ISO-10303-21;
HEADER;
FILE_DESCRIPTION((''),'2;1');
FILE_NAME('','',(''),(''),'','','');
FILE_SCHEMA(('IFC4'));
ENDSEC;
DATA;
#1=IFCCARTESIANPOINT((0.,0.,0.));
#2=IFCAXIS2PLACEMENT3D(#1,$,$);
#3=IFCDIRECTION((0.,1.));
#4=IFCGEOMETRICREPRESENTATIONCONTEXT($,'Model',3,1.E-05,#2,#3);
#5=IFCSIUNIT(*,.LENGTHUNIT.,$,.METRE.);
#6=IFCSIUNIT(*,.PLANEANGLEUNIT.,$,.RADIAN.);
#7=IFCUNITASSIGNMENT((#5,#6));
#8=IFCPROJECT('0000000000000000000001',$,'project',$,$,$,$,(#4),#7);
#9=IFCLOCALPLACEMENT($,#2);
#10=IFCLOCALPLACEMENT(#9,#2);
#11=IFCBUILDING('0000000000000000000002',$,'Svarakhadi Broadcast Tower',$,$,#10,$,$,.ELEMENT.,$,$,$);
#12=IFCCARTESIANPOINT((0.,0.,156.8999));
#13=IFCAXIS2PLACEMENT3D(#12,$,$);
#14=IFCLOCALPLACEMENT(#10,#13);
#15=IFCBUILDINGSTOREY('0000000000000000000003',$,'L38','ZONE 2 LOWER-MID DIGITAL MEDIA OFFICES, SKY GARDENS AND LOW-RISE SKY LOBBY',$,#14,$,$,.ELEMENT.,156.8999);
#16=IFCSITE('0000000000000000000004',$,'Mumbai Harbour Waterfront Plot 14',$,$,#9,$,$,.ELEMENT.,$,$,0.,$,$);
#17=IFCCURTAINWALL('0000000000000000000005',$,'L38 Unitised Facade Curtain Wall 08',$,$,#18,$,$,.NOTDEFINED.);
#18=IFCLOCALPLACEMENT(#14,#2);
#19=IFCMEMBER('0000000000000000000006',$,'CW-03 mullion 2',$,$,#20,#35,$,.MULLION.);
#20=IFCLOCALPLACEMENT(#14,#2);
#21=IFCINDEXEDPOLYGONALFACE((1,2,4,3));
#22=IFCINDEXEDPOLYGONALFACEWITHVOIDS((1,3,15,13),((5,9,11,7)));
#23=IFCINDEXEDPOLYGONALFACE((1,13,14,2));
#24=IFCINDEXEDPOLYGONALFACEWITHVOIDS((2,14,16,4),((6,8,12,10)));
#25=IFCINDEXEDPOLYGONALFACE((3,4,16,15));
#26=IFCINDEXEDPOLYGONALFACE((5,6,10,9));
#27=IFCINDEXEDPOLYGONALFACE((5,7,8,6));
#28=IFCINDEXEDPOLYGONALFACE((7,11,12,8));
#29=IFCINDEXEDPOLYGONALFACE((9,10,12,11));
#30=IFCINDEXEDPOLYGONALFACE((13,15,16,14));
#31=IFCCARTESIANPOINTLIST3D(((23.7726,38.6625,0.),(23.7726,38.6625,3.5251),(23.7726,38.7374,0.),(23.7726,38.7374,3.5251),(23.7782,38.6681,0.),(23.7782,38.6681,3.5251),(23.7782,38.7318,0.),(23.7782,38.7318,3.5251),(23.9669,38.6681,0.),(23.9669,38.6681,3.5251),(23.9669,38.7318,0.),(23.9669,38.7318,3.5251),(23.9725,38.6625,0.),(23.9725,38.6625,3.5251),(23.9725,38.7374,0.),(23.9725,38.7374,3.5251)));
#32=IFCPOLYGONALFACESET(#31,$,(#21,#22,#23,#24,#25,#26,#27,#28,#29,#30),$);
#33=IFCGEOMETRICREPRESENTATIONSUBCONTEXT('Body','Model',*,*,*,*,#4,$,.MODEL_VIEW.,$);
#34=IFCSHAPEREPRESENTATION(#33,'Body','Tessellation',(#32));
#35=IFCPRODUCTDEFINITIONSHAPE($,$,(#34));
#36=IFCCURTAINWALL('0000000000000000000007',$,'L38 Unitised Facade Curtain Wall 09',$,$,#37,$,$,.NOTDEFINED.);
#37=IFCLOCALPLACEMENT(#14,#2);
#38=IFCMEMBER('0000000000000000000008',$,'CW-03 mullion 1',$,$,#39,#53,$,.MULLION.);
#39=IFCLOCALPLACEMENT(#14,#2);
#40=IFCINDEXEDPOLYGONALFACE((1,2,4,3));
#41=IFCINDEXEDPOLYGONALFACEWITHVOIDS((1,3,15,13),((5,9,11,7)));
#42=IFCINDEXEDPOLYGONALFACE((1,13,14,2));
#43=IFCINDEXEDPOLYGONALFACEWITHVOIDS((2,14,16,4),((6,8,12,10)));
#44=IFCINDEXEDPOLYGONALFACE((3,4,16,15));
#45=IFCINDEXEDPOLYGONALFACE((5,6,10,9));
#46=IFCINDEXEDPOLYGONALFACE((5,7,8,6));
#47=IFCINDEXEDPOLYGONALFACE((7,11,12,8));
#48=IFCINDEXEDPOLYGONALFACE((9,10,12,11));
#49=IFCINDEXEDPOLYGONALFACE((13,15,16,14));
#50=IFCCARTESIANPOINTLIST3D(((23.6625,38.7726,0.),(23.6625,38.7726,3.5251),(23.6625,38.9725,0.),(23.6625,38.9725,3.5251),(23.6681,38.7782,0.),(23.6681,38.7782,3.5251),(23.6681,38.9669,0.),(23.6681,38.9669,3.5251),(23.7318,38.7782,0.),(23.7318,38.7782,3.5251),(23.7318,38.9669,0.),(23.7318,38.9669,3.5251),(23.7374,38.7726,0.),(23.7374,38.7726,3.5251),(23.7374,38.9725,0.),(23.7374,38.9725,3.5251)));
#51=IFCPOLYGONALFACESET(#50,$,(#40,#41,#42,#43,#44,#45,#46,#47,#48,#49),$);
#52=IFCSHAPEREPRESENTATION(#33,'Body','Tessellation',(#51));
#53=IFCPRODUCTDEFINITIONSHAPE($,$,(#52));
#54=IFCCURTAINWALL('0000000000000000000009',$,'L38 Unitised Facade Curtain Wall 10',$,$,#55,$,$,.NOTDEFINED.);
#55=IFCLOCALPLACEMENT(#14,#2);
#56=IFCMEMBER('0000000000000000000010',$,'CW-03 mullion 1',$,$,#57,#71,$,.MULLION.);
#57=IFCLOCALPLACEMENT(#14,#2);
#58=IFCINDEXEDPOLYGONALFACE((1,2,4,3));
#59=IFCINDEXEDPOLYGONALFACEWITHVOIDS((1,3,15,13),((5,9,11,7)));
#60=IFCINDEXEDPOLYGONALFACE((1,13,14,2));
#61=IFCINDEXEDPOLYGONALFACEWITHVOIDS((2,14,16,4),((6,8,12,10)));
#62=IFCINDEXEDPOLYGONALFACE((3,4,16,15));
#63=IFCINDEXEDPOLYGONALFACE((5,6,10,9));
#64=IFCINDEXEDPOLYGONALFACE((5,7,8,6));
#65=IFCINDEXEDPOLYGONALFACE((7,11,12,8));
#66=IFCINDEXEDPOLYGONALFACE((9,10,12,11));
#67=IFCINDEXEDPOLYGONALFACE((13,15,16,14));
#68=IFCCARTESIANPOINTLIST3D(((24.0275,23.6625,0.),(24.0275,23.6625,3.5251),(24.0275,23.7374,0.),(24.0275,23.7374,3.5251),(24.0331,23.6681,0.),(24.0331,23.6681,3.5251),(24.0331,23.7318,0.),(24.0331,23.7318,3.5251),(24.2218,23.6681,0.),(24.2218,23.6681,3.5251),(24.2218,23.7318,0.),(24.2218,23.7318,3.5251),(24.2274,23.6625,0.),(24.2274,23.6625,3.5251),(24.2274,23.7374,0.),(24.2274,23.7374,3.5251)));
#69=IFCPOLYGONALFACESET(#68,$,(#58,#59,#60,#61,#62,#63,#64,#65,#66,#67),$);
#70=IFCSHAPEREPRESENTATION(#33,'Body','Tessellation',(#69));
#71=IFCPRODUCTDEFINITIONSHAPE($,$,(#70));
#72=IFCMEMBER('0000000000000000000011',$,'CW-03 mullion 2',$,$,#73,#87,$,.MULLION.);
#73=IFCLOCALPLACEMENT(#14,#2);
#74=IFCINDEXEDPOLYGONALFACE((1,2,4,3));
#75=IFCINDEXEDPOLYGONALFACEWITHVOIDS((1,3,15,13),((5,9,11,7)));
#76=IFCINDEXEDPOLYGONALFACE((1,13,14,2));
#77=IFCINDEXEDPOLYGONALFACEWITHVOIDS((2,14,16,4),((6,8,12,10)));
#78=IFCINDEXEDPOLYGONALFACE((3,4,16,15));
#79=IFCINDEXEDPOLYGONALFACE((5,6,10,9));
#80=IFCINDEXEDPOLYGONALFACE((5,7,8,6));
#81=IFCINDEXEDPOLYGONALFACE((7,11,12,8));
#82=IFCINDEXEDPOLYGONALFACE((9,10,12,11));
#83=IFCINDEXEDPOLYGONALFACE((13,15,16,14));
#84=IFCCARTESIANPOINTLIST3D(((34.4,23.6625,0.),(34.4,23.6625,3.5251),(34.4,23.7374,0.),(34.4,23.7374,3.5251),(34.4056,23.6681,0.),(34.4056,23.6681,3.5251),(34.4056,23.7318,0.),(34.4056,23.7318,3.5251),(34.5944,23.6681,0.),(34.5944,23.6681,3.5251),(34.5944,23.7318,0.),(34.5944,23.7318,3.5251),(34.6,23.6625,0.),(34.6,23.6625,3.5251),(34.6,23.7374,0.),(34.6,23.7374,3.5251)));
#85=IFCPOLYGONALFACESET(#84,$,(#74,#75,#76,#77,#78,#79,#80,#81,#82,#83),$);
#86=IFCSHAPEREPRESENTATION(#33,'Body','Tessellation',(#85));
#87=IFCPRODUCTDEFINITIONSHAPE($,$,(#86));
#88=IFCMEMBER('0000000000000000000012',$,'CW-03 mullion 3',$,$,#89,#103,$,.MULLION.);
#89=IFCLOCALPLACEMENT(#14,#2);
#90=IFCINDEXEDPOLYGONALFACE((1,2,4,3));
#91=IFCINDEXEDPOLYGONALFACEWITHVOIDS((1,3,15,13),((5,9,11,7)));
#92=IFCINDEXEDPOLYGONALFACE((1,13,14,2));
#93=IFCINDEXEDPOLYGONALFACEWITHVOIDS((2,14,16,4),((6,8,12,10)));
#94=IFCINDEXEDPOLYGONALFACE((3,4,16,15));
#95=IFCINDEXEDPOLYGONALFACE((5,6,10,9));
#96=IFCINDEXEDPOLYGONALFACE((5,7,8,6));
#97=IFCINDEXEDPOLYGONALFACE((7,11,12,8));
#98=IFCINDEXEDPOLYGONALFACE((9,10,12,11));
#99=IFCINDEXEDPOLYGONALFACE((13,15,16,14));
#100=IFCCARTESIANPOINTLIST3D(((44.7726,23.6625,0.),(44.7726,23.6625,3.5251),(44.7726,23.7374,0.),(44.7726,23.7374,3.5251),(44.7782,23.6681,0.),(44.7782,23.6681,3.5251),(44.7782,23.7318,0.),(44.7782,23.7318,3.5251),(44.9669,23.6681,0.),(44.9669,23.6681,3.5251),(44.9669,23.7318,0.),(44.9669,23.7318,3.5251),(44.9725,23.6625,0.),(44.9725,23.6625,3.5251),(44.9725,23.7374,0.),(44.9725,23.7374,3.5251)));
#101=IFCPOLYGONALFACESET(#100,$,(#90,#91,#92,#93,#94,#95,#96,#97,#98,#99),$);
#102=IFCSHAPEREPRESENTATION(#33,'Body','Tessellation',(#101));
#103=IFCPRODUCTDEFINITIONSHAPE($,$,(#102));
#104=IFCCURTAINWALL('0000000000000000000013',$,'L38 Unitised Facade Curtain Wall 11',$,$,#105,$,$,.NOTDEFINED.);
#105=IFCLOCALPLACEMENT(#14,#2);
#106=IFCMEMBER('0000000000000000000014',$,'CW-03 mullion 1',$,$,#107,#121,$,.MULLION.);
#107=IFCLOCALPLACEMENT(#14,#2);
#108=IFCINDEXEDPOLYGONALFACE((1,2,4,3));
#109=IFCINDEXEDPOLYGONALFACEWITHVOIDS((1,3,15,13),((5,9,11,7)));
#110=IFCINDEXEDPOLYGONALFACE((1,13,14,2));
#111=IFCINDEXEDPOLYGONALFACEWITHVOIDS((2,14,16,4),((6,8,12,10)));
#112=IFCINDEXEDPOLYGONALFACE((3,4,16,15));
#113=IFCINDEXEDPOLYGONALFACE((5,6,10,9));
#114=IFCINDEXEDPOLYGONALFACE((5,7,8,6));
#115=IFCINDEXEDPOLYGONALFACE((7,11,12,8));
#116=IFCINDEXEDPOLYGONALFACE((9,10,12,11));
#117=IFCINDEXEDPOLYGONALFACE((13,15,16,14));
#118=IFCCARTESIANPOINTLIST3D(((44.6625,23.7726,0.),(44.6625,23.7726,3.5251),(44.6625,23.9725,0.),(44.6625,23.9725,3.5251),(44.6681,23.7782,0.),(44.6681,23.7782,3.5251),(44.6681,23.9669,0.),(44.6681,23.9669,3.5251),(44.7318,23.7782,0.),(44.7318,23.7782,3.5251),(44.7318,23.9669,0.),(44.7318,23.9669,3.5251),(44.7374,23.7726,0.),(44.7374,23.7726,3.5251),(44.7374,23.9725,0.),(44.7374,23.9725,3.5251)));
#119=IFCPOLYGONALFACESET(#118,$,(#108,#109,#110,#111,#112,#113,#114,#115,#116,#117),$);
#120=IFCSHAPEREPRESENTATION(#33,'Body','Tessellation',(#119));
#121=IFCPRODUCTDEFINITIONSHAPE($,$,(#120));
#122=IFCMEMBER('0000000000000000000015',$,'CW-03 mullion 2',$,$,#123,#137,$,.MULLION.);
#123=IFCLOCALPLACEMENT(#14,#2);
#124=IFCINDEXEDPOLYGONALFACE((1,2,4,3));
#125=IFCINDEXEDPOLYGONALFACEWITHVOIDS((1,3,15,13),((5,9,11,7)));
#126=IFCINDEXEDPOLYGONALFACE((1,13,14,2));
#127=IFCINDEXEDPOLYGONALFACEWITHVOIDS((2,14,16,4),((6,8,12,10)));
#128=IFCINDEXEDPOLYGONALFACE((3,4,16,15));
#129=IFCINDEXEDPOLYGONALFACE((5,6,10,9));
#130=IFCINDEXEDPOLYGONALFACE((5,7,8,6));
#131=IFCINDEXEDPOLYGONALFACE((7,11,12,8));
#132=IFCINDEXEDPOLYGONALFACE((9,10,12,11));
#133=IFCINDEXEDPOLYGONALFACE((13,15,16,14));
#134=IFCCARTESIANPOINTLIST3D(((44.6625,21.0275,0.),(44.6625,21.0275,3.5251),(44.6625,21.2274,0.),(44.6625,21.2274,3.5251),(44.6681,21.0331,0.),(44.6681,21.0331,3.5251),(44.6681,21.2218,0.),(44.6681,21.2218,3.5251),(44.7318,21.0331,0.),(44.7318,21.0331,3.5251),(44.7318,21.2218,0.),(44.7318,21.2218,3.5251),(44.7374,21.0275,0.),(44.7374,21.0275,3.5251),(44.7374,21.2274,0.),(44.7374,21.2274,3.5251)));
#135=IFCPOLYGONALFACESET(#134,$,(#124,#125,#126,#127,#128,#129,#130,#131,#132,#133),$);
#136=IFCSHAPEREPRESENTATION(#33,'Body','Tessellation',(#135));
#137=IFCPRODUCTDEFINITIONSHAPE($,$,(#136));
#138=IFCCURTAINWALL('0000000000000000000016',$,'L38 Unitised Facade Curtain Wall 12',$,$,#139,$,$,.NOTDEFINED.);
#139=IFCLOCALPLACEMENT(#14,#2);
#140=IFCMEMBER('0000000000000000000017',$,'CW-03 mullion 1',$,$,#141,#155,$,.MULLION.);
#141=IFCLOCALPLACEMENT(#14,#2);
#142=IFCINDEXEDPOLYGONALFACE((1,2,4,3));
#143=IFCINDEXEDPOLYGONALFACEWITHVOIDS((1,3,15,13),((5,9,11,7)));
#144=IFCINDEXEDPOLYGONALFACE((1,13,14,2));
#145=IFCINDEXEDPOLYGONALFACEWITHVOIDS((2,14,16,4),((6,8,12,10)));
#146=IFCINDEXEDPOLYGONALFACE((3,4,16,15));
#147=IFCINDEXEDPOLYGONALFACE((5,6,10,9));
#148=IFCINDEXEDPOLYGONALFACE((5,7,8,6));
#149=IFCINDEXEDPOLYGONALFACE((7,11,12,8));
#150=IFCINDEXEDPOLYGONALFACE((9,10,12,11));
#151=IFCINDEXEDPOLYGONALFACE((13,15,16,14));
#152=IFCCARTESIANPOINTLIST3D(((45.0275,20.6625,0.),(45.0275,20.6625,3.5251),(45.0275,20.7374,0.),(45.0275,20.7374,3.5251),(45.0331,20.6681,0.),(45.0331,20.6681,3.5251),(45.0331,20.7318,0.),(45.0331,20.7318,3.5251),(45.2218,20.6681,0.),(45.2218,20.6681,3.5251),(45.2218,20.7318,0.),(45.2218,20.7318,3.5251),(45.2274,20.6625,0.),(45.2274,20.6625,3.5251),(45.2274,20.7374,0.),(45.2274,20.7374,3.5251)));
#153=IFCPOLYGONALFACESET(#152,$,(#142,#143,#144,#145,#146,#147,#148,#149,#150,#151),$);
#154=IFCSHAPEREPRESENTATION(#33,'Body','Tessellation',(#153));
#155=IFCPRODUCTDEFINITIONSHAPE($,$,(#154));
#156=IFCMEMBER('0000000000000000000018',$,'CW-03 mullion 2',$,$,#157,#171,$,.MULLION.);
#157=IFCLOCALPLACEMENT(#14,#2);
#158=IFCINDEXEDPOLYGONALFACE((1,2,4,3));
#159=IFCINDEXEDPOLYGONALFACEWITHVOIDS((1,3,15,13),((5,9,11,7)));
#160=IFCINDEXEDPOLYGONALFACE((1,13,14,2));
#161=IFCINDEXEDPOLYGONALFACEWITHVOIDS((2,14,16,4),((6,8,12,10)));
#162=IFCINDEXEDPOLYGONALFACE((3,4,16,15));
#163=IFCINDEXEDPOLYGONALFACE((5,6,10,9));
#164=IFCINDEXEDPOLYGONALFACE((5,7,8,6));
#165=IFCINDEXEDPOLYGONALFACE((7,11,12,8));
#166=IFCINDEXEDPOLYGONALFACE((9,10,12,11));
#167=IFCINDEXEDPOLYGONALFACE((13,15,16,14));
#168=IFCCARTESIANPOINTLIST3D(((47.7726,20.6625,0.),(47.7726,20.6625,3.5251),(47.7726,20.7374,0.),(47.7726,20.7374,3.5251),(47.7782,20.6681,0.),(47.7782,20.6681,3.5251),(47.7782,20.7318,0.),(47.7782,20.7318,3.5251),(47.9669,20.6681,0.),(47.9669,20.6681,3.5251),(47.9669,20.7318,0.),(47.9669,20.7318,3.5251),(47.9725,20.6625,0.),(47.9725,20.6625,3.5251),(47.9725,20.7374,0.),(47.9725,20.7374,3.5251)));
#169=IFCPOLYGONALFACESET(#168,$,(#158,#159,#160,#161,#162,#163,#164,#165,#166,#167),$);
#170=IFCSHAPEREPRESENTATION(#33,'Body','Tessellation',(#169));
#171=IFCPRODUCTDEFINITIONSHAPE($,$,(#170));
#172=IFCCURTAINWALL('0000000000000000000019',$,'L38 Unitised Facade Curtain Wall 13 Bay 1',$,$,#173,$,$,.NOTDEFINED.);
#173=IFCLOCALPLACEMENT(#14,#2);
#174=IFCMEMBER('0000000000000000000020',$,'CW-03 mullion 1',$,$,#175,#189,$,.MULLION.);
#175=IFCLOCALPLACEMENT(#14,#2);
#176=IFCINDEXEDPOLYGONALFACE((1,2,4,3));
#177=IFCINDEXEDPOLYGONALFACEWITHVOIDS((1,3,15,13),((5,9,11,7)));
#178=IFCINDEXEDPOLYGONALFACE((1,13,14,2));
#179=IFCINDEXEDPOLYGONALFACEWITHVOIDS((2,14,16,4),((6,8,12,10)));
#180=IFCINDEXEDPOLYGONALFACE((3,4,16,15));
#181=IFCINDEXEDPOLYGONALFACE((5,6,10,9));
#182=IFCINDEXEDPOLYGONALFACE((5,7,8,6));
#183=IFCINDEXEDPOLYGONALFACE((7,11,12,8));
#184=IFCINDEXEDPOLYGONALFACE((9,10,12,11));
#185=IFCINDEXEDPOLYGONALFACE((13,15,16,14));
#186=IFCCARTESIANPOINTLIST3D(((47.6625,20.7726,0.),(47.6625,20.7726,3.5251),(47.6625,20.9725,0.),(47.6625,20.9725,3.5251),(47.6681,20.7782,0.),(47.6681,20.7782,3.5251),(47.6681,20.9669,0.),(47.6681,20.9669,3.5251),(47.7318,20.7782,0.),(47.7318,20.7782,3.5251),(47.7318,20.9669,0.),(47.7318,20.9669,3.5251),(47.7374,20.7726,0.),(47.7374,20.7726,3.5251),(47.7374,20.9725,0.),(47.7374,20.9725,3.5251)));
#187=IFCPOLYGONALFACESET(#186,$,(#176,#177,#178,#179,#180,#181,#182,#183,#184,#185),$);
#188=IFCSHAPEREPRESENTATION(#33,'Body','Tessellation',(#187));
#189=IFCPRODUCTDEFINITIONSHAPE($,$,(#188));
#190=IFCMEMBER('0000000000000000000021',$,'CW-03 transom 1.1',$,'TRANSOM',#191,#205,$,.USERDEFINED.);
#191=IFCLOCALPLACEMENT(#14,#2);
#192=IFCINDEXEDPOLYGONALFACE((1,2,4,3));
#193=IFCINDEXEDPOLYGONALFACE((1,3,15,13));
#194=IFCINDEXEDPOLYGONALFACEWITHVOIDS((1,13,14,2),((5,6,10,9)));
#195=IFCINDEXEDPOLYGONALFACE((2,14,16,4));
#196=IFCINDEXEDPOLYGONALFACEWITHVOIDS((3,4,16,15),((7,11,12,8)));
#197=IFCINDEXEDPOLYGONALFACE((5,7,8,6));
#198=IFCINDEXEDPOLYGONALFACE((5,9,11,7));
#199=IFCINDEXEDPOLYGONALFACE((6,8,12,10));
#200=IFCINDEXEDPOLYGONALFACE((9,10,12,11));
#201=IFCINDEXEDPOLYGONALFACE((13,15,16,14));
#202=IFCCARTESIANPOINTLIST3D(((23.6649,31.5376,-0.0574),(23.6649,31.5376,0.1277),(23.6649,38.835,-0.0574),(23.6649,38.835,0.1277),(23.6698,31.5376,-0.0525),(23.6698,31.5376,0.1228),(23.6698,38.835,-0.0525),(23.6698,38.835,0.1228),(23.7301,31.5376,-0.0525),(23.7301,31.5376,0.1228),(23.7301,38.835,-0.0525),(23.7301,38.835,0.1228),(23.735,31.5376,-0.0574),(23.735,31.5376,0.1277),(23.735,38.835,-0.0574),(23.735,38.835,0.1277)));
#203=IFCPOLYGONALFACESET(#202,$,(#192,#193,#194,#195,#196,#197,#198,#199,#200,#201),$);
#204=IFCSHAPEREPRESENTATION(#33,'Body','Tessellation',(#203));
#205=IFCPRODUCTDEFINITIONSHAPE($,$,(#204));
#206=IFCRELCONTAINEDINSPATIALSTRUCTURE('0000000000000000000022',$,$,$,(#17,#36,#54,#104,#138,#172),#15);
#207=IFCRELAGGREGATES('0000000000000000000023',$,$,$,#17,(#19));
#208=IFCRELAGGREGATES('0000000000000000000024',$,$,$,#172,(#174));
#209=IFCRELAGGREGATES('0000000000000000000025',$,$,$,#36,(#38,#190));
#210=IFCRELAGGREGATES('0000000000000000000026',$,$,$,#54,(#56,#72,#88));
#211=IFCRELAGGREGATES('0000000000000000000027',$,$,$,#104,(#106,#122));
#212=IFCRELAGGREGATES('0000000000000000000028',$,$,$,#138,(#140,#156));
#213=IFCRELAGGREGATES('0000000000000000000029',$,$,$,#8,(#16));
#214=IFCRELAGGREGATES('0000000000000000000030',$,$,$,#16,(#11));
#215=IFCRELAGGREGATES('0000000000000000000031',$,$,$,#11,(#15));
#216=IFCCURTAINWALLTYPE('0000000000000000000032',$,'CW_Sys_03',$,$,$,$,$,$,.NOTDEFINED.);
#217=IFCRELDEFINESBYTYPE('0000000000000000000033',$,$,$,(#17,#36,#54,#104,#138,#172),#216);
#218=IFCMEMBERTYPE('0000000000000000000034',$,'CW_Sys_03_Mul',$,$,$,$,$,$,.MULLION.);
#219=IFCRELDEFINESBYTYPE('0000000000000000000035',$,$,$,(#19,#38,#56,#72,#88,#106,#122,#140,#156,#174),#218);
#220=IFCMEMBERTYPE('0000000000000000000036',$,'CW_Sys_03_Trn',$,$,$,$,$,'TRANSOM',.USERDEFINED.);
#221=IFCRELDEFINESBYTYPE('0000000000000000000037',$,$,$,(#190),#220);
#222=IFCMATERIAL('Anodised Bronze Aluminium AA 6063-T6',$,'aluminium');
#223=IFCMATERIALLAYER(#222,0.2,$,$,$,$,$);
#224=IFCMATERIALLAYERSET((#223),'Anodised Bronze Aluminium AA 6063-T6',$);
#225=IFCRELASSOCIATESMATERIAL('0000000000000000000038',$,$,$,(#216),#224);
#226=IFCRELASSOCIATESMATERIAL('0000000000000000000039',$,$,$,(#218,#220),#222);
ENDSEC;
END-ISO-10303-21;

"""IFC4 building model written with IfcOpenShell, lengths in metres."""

from ifc_helpers import new_model, si_unit, direction, frame, origin, origin_2d, place, context, subcontext, project, spatial, hollow_rectangle, extrude, material, layer, layer_set, material_profile, profile_set, type_object, element, aggregate, save


model = new_model("IFC4")

# Units and contexts
model_context = context("Model", 3, precision=1e-05, world=origin(), true_north=direction((0.0, 1.0)))
body_context = subcontext(model_context, "Body", "Model", "MODEL_VIEW")
ifc_project = project(units=[si_unit("LENGTHUNIT", "METRE"), si_unit("PLANEANGLEUNIT", "RADIAN")], contexts=[model_context])

# Site, building, storey
site_placement = place(None, origin())
site = spatial("IfcSite", under=ifc_project, at=site_placement, Name="Mumbai Harbour Waterfront Plot 14", CompositionType="ELEMENT", RefElevation=0.0)
building_placement = place(site_placement, origin())
building = spatial("IfcBuilding", under=site, at=building_placement, Name="Svarakhadi Broadcast Tower", CompositionType="ELEMENT")
storey_placement = place(building_placement, frame((0.0, 0.0, 156.8999)))
storey = spatial("IfcBuildingStorey", under=building, at=storey_placement, Name="L38", Description="ZONE 2 LOWER-MID DIGITAL MEDIA OFFICES, SKY GARDENS AND LOW-RISE SKY LOBBY", CompositionType="ELEMENT", Elevation=156.8999)

# Curtain walls, members
ifc_material_1 = material(Name="Anodised Bronze Aluminium AA 6063-T6", Category="aluminium")
ifc_layer_1 = layer(ifc_material_1, 0.2)
ifc_layer_set_1 = layer_set([ifc_layer_1], Name="Anodised Bronze Aluminium AA 6063-T6")
curtain_wall_type = type_object("IfcCurtainWallType", Name="CW_Sys_03", PredefinedType="NOTDEFINED", material=ifc_layer_set_1)
curtain_wall_1_placement = place(storey_placement, origin())
curtain_wall_1 = element("IfcCurtainWall", 1, at=curtain_wall_1_placement, inside=storey, type_object=curtain_wall_type, Name="L38 Unitised Facade Curtain Wall 08", PredefinedType="NOTDEFINED")
ifc_material_profile_1 = material_profile(ifc_material_1, hollow_rectangle(XDim=0.075, YDim=0.2, WallThickness=0.0056, at=origin_2d()), Name="ALU MULLION 200x75x6")
ifc_profile_set_1 = profile_set([ifc_material_profile_1], Name="Anodised Bronze Aluminium AA 6063-T6")
member_type_1 = type_object("IfcMemberType", Name="CW_Sys_03_Mul", PredefinedType="MULLION", material=ifc_profile_set_1)
member_1_placement = place(storey_placement, frame((23.8726, 38.7, 0.0), z_axis=(0.0, 0.0, 1.0), x_axis=(0.0, 1.0, 0.0)))
member_1 = element("IfcMember", 2, at=member_1_placement, type_object=member_type_1, Name="CW-03 mullion 2", PredefinedType="MULLION", context=body_context, shape_type="SweptSolid", body=[
    extrude(hollow_rectangle(XDim=0.075, YDim=0.2, WallThickness=0.0056, at=origin_2d()), origin(), (0.0, 0.0, 1.0), 3.5251),
])
aggregate(curtain_wall_1, [member_1])
curtain_wall_2_placement = place(storey_placement, origin())
curtain_wall_2 = element("IfcCurtainWall", 3, at=curtain_wall_2_placement, inside=storey, type_object=curtain_wall_type, Name="L38 Unitised Facade Curtain Wall 09", PredefinedType="NOTDEFINED")
member_2_placement = place(storey_placement, frame((23.7, 38.8726, 0.0), z_axis=(0.0, 0.0, 1.0), x_axis=(1.0, 0.0, 0.0)))
member_2 = element("IfcMember", 4, at=member_2_placement, type_object=member_type_1, Name="CW-03 mullion 1", PredefinedType="MULLION", context=body_context, shape_type="SweptSolid", body=[
    extrude(hollow_rectangle(XDim=0.075, YDim=0.2, WallThickness=0.0056, at=origin_2d()), origin(), (0.0, 0.0, 1.0), 3.5251),
])

# Curtain walls, members
curtain_wall_3_placement = place(storey_placement, origin())
curtain_wall_3 = element("IfcCurtainWall", 5, at=curtain_wall_3_placement, inside=storey, type_object=curtain_wall_type, Name="L38 Unitised Facade Curtain Wall 10", PredefinedType="NOTDEFINED")
member_3_placement = place(storey_placement, frame((24.1274, 23.7, 0.0), z_axis=(0.0, 0.0, 1.0), x_axis=(0.0, 1.0, 0.0)))
member_3 = element("IfcMember", 6, at=member_3_placement, type_object=member_type_1, Name="CW-03 mullion 1", PredefinedType="MULLION", context=body_context, shape_type="SweptSolid", body=[
    extrude(hollow_rectangle(XDim=0.075, YDim=0.2, WallThickness=0.0056, at=origin_2d()), origin(), (0.0, 0.0, 1.0), 3.5251),
])
member_4_placement = place(storey_placement, frame((34.5, 23.7, 0.0), z_axis=(0.0, 0.0, 1.0), x_axis=(0.0, 1.0, 0.0)))
member_4 = element("IfcMember", 7, at=member_4_placement, type_object=member_type_1, Name="CW-03 mullion 2", PredefinedType="MULLION", context=body_context, shape_type="SweptSolid", body=[
    extrude(hollow_rectangle(XDim=0.075, YDim=0.2, WallThickness=0.0056, at=origin_2d()), origin(), (0.0, 0.0, 1.0), 3.5251),
])
member_5_placement = place(storey_placement, frame((44.8726, 23.7, 0.0), z_axis=(0.0, 0.0, 1.0), x_axis=(0.0, 1.0, 0.0)))
member_5 = element("IfcMember", 8, at=member_5_placement, type_object=member_type_1, Name="CW-03 mullion 3", PredefinedType="MULLION", context=body_context, shape_type="SweptSolid", body=[
    extrude(hollow_rectangle(XDim=0.075, YDim=0.2, WallThickness=0.0056, at=origin_2d()), origin(), (0.0, 0.0, 1.0), 3.5251),
])
curtain_wall_4_placement = place(storey_placement, origin())
curtain_wall_4 = element("IfcCurtainWall", 9, at=curtain_wall_4_placement, inside=storey, type_object=curtain_wall_type, Name="L38 Unitised Facade Curtain Wall 11", PredefinedType="NOTDEFINED")
member_6_placement = place(storey_placement, frame((44.7, 23.8726, 0.0), z_axis=(0.0, 0.0, 1.0), x_axis=(1.0, 0.0, 0.0)))
member_6 = element("IfcMember", 10, at=member_6_placement, type_object=member_type_1, Name="CW-03 mullion 1", PredefinedType="MULLION", context=body_context, shape_type="SweptSolid", body=[
    extrude(hollow_rectangle(XDim=0.075, YDim=0.2, WallThickness=0.0056, at=origin_2d()), origin(), (0.0, 0.0, 1.0), 3.5251),
])
member_7_placement = place(storey_placement, frame((44.7, 21.1274, 0.0), z_axis=(0.0, 0.0, 1.0), x_axis=(1.0, 0.0, 0.0)))
member_7 = element("IfcMember", 11, at=member_7_placement, type_object=member_type_1, Name="CW-03 mullion 2", PredefinedType="MULLION", context=body_context, shape_type="SweptSolid", body=[
    extrude(hollow_rectangle(XDim=0.075, YDim=0.2, WallThickness=0.0056, at=origin_2d()), origin(), (0.0, 0.0, 1.0), 3.5251),
])
curtain_wall_5_placement = place(storey_placement, origin())
curtain_wall_5 = element("IfcCurtainWall", 12, at=curtain_wall_5_placement, inside=storey, type_object=curtain_wall_type, Name="L38 Unitised Facade Curtain Wall 12", PredefinedType="NOTDEFINED")
member_8_placement = place(storey_placement, frame((45.1274, 20.7, 0.0), z_axis=(0.0, 0.0, 1.0), x_axis=(0.0, 1.0, 0.0)))
member_8 = element("IfcMember", 13, at=member_8_placement, type_object=member_type_1, Name="CW-03 mullion 1", PredefinedType="MULLION", context=body_context, shape_type="SweptSolid", body=[
    extrude(hollow_rectangle(XDim=0.075, YDim=0.2, WallThickness=0.0056, at=origin_2d()), origin(), (0.0, 0.0, 1.0), 3.5251),
])
member_9_placement = place(storey_placement, frame((47.8726, 20.7, 0.0), z_axis=(0.0, 0.0, 1.0), x_axis=(0.0, 1.0, 0.0)))
member_9 = element("IfcMember", 14, at=member_9_placement, type_object=member_type_1, Name="CW-03 mullion 2", PredefinedType="MULLION", context=body_context, shape_type="SweptSolid", body=[
    extrude(hollow_rectangle(XDim=0.075, YDim=0.2, WallThickness=0.0056, at=origin_2d()), origin(), (0.0, 0.0, 1.0), 3.5251),
])

# Curtain wall, member
curtain_wall_6_placement = place(storey_placement, origin())
curtain_wall_6 = element("IfcCurtainWall", 15, at=curtain_wall_6_placement, inside=storey, type_object=curtain_wall_type, Name="L38 Unitised Facade Curtain Wall 13 Bay 1", PredefinedType="NOTDEFINED")
member_10_placement = place(storey_placement, frame((47.7, 20.8726, 0.0), z_axis=(0.0, 0.0, 1.0), x_axis=(1.0, 0.0, 0.0)))
member_10 = element("IfcMember", 16, at=member_10_placement, type_object=member_type_1, Name="CW-03 mullion 1", PredefinedType="MULLION", context=body_context, shape_type="SweptSolid", body=[
    extrude(hollow_rectangle(XDim=0.075, YDim=0.2, WallThickness=0.0056, at=origin_2d()), origin(), (0.0, 0.0, 1.0), 3.5251),
])

# Member
ifc_material_profile_2 = material_profile(ifc_material_1, hollow_rectangle(XDim=0.0701, YDim=0.1851, WallThickness=0.0049, at=origin_2d()), Name="ALU TRANSOM 185x70x5")
ifc_profile_set_2 = profile_set([ifc_material_profile_2], Name="Anodised Bronze Aluminium AA 6063-T6")
member_type_2 = type_object("IfcMemberType", Name="CW_Sys_03_Trn", ElementType="TRANSOM", PredefinedType="USERDEFINED", material=ifc_profile_set_2)
member_11_placement = place(storey_placement, frame((23.7, 38.835, 0.0352), z_axis=(0.0, -1.0, 0.0), x_axis=(1.0, 0.0, 0.0)))
member_11 = element("IfcMember", 17, at=member_11_placement, type_object=member_type_2, Name="CW-03 transom 1.1", ObjectType="TRANSOM", PredefinedType="USERDEFINED", context=body_context, shape_type="SweptSolid", body=[
    extrude(hollow_rectangle(XDim=0.0701, YDim=0.1851, WallThickness=0.0049, at=origin_2d()), origin(), (0.0, 0.0, 1.0), 7.2974),
])
aggregate(curtain_wall_6, [member_10])

aggregate(curtain_wall_2, [member_2, member_11])
aggregate(curtain_wall_3, [member_3, member_4, member_5])
aggregate(curtain_wall_4, [member_6, member_7])
aggregate(curtain_wall_5, [member_8, member_9])

save(model, "model.ifc")
